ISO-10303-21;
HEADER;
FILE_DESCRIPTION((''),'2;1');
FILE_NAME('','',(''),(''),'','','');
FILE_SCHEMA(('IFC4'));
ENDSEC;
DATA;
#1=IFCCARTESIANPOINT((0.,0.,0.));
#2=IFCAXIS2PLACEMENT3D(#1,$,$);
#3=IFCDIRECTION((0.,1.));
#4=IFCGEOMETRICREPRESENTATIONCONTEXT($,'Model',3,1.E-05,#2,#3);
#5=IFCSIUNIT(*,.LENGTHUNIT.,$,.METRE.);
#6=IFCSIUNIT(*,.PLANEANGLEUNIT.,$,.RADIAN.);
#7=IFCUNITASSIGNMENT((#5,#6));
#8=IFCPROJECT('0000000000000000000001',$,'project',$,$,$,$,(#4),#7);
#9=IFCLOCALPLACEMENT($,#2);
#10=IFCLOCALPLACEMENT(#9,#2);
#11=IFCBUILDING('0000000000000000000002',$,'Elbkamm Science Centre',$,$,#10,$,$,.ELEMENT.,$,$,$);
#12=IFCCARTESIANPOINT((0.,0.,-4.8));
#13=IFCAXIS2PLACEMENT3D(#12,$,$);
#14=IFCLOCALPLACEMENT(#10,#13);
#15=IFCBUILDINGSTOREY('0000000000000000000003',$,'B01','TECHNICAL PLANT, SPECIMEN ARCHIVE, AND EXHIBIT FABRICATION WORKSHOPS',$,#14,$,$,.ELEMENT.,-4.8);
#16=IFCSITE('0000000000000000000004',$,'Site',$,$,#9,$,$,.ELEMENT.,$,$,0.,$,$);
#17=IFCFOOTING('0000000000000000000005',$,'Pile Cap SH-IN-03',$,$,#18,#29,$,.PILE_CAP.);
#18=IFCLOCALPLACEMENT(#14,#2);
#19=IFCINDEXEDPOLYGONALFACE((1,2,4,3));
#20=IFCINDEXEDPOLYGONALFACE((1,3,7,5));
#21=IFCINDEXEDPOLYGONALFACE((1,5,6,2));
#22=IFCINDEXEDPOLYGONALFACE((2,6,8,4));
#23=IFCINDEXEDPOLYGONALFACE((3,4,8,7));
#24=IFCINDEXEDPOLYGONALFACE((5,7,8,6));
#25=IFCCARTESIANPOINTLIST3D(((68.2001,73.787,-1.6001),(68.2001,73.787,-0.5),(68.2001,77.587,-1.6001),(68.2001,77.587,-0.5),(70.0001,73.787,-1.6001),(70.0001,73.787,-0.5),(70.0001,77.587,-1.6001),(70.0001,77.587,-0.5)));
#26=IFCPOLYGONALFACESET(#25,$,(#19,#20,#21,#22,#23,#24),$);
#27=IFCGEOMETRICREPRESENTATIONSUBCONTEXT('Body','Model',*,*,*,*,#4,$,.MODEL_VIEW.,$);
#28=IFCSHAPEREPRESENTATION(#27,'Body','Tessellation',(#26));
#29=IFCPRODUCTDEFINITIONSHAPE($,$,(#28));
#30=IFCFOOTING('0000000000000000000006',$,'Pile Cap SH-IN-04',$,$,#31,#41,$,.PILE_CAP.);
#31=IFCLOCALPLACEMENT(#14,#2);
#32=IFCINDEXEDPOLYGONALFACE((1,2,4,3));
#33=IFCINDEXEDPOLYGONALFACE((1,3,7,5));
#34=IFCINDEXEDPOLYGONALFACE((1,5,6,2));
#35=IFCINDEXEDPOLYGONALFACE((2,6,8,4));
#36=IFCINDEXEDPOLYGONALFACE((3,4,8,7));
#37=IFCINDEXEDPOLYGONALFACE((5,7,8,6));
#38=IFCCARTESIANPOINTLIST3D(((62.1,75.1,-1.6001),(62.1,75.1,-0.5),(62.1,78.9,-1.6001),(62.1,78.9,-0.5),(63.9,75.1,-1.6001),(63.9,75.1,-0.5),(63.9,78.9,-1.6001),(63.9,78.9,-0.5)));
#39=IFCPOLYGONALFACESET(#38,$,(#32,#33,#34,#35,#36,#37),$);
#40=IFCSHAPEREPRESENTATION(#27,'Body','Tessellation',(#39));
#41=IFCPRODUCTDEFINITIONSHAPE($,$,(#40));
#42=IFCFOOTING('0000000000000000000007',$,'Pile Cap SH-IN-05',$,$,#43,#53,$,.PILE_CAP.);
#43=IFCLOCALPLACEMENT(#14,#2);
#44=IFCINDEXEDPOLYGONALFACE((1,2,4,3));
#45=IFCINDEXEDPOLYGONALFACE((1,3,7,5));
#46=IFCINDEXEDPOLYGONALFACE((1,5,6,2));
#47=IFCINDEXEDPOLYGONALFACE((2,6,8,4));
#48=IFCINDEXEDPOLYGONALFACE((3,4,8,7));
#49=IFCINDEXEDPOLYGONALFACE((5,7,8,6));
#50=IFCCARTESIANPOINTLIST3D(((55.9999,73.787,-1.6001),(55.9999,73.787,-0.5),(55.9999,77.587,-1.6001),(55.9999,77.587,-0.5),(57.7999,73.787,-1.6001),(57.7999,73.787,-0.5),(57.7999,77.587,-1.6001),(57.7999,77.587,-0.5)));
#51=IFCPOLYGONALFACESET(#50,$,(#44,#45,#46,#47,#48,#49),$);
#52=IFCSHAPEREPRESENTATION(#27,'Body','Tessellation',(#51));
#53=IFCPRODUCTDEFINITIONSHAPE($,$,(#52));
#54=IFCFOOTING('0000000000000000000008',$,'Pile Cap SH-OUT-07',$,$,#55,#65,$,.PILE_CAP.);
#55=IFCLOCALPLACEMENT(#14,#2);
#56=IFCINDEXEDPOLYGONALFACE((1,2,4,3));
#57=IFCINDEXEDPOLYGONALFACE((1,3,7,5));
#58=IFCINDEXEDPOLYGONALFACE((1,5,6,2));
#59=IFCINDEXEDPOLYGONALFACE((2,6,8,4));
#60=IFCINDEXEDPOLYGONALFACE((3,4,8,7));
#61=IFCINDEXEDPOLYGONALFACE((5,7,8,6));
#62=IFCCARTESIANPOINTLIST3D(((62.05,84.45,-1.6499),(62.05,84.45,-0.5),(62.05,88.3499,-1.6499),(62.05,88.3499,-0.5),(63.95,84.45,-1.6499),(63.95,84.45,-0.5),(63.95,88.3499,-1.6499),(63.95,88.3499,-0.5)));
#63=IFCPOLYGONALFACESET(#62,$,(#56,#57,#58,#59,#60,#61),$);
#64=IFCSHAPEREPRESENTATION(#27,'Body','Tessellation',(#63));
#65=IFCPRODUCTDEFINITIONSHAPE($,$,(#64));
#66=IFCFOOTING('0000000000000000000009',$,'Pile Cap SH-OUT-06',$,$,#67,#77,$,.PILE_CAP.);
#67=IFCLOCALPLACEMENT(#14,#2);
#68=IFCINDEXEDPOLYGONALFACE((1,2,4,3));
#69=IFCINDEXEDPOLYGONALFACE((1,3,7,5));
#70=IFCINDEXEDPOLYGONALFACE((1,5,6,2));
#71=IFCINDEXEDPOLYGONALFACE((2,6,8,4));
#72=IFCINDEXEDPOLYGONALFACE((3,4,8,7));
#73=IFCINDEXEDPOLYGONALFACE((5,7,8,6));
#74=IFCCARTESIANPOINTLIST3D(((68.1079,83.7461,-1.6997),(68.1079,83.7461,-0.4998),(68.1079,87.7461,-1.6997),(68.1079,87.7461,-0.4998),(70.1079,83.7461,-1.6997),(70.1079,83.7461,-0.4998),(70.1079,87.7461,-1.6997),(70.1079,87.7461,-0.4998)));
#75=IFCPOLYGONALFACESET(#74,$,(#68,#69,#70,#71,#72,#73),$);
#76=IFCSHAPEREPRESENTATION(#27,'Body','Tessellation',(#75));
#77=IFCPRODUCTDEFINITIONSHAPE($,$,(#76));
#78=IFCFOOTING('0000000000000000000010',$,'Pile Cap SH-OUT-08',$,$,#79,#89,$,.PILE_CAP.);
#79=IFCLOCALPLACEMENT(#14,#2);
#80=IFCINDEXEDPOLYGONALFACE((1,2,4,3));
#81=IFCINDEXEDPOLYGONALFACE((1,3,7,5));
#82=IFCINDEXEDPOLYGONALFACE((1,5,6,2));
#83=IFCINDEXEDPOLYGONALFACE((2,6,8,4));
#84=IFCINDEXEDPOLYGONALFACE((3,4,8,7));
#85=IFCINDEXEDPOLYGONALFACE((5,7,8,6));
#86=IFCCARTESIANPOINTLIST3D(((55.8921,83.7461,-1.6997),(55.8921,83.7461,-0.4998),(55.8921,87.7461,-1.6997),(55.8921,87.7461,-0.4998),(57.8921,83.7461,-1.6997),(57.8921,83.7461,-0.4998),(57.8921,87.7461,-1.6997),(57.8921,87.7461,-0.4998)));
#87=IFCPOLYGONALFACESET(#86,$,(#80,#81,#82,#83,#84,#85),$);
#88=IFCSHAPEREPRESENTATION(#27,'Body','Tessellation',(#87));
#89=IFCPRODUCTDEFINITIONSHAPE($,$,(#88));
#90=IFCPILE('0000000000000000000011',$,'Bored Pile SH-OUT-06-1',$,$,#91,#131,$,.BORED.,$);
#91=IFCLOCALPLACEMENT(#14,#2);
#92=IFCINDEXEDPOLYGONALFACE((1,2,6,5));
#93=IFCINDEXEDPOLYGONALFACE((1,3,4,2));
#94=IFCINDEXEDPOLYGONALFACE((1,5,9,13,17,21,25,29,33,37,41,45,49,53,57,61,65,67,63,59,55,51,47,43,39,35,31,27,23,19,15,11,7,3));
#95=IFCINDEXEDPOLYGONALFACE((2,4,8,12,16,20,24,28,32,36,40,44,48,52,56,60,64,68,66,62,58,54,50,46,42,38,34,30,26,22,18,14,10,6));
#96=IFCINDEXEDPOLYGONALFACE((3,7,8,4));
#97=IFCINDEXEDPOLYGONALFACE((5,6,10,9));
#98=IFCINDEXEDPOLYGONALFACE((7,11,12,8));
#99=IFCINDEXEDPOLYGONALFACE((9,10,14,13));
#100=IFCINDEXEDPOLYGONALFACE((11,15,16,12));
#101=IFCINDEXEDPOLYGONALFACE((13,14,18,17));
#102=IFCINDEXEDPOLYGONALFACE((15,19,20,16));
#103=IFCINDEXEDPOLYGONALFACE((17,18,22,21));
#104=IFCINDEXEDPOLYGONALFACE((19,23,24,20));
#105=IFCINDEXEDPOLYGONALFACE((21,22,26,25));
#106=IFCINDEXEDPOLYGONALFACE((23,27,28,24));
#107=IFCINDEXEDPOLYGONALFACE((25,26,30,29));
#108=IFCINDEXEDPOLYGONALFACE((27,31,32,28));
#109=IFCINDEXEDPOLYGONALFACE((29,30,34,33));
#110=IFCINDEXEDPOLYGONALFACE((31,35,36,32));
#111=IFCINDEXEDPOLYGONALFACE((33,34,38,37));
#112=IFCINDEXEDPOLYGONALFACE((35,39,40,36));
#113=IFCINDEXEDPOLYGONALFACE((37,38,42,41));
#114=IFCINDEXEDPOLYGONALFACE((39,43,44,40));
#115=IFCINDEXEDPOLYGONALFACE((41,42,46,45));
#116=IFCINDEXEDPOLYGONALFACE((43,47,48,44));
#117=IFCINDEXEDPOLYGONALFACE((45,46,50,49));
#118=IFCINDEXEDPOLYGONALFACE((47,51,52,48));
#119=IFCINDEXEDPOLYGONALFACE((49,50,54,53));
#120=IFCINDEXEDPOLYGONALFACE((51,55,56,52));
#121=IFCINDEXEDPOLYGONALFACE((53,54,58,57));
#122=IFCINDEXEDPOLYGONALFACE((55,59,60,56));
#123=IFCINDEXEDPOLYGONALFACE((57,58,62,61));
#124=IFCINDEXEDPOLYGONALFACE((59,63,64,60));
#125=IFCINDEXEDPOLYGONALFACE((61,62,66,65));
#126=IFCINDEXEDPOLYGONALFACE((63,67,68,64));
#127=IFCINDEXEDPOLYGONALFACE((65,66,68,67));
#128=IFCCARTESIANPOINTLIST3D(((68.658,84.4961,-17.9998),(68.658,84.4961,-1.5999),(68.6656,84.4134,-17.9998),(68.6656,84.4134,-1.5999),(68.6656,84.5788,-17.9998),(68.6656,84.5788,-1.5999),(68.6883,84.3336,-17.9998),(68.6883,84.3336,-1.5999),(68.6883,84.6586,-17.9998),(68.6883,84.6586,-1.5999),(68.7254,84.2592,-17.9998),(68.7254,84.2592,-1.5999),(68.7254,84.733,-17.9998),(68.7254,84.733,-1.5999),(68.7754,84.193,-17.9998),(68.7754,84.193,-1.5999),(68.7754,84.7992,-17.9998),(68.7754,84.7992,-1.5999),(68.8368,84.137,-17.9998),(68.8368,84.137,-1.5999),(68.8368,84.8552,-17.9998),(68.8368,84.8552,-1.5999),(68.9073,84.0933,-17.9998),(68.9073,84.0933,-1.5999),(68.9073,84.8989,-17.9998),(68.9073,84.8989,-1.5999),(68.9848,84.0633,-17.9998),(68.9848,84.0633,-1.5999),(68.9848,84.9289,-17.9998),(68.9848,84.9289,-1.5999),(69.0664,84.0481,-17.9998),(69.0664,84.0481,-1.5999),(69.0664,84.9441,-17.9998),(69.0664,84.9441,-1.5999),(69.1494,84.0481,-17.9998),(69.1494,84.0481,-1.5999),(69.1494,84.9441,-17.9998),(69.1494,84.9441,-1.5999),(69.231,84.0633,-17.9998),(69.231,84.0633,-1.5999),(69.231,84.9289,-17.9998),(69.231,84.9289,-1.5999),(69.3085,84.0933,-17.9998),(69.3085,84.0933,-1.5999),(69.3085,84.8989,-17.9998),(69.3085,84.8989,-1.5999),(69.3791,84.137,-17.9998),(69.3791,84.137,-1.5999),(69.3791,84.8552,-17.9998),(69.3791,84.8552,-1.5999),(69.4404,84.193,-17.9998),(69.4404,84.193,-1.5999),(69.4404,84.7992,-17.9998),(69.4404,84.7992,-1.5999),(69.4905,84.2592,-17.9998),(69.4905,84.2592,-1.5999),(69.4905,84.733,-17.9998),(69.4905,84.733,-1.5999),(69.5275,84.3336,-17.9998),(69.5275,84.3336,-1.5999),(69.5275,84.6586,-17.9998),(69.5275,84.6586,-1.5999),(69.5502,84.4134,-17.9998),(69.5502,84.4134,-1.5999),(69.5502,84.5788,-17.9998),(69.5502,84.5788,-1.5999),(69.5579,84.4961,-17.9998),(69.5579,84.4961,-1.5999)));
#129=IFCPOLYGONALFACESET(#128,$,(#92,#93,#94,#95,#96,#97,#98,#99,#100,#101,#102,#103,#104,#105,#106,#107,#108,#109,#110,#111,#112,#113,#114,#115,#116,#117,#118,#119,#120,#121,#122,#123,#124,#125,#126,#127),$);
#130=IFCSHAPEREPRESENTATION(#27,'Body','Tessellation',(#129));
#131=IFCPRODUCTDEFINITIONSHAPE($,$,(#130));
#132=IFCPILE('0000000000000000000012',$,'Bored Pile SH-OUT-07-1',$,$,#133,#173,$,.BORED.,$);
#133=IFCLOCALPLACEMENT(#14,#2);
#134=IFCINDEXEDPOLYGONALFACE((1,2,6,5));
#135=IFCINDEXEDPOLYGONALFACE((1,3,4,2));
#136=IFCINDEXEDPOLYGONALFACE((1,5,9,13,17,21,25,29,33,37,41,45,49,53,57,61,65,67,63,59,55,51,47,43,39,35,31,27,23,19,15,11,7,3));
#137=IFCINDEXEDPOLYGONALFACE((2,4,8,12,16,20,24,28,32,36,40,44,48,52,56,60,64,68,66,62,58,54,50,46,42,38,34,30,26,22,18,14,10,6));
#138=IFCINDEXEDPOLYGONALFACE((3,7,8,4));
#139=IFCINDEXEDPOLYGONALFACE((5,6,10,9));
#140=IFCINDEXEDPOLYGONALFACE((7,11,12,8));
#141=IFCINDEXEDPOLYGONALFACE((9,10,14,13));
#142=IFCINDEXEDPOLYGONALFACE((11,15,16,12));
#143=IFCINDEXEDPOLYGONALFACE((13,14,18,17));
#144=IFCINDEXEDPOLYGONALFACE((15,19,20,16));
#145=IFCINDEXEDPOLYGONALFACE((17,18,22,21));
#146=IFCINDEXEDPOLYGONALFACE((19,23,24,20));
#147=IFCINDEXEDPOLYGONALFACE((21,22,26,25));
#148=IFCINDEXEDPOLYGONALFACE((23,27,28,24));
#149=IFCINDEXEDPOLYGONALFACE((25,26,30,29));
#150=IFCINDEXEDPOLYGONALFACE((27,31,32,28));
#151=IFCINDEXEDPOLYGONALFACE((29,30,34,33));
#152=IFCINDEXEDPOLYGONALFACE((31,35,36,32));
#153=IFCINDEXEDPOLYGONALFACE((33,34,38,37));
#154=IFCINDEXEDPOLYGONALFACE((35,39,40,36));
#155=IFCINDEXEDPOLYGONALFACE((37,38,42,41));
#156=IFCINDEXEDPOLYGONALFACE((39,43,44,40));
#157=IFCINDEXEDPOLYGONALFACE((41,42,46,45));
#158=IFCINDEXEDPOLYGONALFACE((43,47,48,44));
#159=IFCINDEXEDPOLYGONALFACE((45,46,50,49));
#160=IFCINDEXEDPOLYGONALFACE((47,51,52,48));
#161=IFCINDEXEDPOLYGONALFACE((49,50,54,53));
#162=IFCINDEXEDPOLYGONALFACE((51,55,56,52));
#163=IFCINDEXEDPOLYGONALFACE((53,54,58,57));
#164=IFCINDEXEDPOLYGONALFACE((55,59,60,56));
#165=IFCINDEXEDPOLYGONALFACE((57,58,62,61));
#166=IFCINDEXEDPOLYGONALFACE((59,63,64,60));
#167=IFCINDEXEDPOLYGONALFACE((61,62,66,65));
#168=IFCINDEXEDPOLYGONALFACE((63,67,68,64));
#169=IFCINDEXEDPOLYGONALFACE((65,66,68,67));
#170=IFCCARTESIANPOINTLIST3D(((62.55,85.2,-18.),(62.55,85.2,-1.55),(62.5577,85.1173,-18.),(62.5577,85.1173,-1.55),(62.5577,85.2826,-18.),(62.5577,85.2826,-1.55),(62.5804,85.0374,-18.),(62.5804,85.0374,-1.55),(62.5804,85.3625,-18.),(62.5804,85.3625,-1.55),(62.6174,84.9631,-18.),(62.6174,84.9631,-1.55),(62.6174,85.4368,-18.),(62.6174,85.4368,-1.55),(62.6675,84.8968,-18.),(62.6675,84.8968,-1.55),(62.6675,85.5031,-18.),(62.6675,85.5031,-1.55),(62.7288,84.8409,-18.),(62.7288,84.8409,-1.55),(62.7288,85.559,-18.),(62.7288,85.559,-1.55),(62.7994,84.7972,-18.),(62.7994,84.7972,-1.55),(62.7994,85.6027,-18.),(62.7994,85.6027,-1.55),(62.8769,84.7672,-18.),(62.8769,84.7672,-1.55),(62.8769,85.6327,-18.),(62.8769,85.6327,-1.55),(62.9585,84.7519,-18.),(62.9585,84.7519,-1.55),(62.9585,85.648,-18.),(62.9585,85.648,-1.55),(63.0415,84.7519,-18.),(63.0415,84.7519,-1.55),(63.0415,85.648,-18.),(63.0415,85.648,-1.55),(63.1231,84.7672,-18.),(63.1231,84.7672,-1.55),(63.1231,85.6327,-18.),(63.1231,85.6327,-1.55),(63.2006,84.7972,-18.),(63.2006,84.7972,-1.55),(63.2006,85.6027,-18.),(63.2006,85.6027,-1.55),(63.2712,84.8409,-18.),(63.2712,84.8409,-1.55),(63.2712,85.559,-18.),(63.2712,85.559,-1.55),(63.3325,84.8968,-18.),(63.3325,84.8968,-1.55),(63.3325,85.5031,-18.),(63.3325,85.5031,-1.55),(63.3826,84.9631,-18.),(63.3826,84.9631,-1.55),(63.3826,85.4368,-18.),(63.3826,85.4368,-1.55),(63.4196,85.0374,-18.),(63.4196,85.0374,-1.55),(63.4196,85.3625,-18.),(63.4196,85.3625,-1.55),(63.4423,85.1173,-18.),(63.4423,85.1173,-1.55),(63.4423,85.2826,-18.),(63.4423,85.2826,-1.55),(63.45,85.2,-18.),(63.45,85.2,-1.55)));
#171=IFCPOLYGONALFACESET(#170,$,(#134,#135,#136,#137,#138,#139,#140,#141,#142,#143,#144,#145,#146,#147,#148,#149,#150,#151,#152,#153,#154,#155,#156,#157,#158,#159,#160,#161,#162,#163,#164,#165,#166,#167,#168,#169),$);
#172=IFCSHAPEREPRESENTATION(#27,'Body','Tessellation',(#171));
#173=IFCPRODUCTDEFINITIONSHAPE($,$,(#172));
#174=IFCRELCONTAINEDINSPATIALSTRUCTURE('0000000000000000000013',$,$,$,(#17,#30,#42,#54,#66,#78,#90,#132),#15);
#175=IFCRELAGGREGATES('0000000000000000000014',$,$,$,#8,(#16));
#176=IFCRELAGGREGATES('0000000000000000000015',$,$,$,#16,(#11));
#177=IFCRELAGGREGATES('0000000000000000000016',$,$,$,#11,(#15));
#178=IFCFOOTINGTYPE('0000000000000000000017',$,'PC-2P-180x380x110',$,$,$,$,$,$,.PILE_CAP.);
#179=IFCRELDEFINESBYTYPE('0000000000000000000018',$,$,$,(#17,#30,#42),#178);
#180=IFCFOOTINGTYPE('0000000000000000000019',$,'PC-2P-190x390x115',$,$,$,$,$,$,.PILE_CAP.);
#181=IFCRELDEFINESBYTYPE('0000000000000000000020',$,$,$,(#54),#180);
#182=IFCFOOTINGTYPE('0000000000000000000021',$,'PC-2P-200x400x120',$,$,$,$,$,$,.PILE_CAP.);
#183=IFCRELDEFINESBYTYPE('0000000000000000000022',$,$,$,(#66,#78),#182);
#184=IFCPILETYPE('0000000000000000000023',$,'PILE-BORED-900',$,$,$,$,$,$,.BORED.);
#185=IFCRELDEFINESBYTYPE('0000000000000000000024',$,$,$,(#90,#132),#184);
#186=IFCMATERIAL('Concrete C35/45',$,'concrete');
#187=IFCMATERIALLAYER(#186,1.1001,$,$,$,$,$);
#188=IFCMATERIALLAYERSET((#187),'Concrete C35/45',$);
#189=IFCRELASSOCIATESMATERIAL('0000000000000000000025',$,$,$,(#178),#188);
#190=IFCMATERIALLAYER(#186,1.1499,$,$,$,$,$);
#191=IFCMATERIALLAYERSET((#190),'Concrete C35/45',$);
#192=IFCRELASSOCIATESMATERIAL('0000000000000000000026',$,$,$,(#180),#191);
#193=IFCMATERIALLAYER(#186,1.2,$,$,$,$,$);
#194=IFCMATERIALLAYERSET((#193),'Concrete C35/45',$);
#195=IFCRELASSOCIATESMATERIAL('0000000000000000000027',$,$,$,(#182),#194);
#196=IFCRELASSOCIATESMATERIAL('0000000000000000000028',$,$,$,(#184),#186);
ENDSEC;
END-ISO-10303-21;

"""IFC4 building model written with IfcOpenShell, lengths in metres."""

from ifc_helpers import new_model, si_unit, direction, frame, origin, origin_2d, place, context, subcontext, project, spatial, rectangle, circle, extrude, material, layer, layer_set, material_profile, profile_set, type_object, element, save


model = new_model("IFC4")

# Units and contexts
model_context = context("Model", 3, precision=1e-05, world=origin(), true_north=direction((0.0, 1.0)))
body_context = subcontext(model_context, "Body", "Model", "MODEL_VIEW")
ifc_project = project(units=[si_unit("LENGTHUNIT", "METRE"), si_unit("PLANEANGLEUNIT", "RADIAN")], contexts=[model_context])

# Site, building, storey
site_placement = place(None, origin())
site = spatial("IfcSite", under=ifc_project, at=site_placement, Name="Site", CompositionType="ELEMENT", RefElevation=0.0)
building_placement = place(site_placement, origin())
building = spatial("IfcBuilding", under=site, at=building_placement, Name="Elbkamm Science Centre", CompositionType="ELEMENT")
storey_placement = place(building_placement, frame((0.0, 0.0, -4.8)))
storey = spatial("IfcBuildingStorey", under=building, at=storey_placement, Name="B01", Description="TECHNICAL PLANT, SPECIMEN ARCHIVE, AND EXHIBIT FABRICATION WORKSHOPS", CompositionType="ELEMENT", Elevation=-4.8)

# Footings
ifc_material_1 = material(Name="Concrete C35/45", Category="concrete")
ifc_layer_1 = layer(ifc_material_1, 1.1001)
ifc_layer_set_1 = layer_set([ifc_layer_1], Name="Concrete C35/45")
footing_type_1 = type_object("IfcFootingType", Name="PC-2P-180x380x110", PredefinedType="PILE_CAP", material=ifc_layer_set_1)
for number, where, z_axis, x_axis, name in (
    (1, (69.1001, 75.687, -1.6001), (0.0, 0.0, 1.0), (1.0, 0.0, 0.0), "Pile Cap SH-IN-03"),
    (2, (63.0, 77.0, -1.6001), (0.0, 0.0, 1.0), (1.0, 0.0, 0.0), "Pile Cap SH-IN-04"),
    (3, (56.8999, 75.687, -1.6001), (0.0, 0.0, 1.0), (1.0, 0.0, 0.0), "Pile Cap SH-IN-05"),
):
    element("IfcFooting", number, at=place(storey_placement, frame(where, z_axis=z_axis, x_axis=x_axis)), inside=storey, type_object=footing_type_1, Name=name, PredefinedType="PILE_CAP", context=body_context, shape_type="SweptSolid", body=[
        extrude(rectangle(XDim=1.8, YDim=3.8, at=origin_2d()), origin(), (0.0, 0.0, 1.0), 1.1001),
    ])
ifc_layer_2 = layer(ifc_material_1, 1.1499)
ifc_layer_set_2 = layer_set([ifc_layer_2], Name="Concrete C35/45")
footing_type_2 = type_object("IfcFootingType", Name="PC-2P-190x390x115", PredefinedType="PILE_CAP", material=ifc_layer_set_2)
footing_placement = place(storey_placement, frame((63.0, 86.3999, -1.6499), z_axis=(0.0, 0.0, 1.0), x_axis=(1.0, 0.0, 0.0)))
element("IfcFooting", 4, at=footing_placement, inside=storey, type_object=footing_type_2, Name="Pile Cap SH-OUT-07", PredefinedType="PILE_CAP", context=body_context, shape_type="SweptSolid", body=[
    extrude(rectangle(XDim=1.8999, YDim=3.8999, at=origin_2d()), origin(), (0.0, 0.0, 1.0), 1.1499),
])
ifc_layer_3 = layer(ifc_material_1, 1.2)
ifc_layer_set_3 = layer_set([ifc_layer_3], Name="Concrete C35/45")
footing_type_3 = type_object("IfcFootingType", Name="PC-2P-200x400x120", PredefinedType="PILE_CAP", material=ifc_layer_set_3)
for number, where, z_axis, x_axis, name in (
    (5, (69.1079, 85.7461, -1.6997), (0.0, 0.0, 1.0), (1.0, 0.0, 0.0), "Pile Cap SH-OUT-06"),
    (6, (56.8921, 85.7461, -1.6997), (0.0, 0.0, 1.0), (1.0, 0.0, 0.0), "Pile Cap SH-OUT-08"),
):
    element("IfcFooting", number, at=place(storey_placement, frame(where, z_axis=z_axis, x_axis=x_axis)), inside=storey, type_object=footing_type_3, Name=name, PredefinedType="PILE_CAP", context=body_context, shape_type="SweptSolid", body=[
        extrude(rectangle(XDim=2.0, YDim=4.0, at=origin_2d()), origin(), (0.0, 0.0, 1.0), 1.2),
    ])

# Piles
ifc_material_profile_1 = material_profile(ifc_material_1, circle(Radius=0.45, at=origin_2d()), Name="PILE D900")
ifc_profile_set_1 = profile_set([ifc_material_profile_1], Name="Concrete C35/45")
pile_type = type_object("IfcPileType", Name="PILE-BORED-900", PredefinedType="BORED", material=ifc_profile_set_1)
pile_placement = place(storey_placement, frame((69.1079, 84.4961, -1.5999), z_axis=(0.0, 0.0, -1.0), x_axis=(1.0, 0.0, 0.0)))
element("IfcPile", 7, at=pile_placement, inside=storey, type_object=pile_type, Name="Bored Pile SH-OUT-06-1", PredefinedType="BORED", context=body_context, shape_type="SweptSolid", body=[
    extrude(circle(Radius=0.45, at=origin_2d()), origin(), (0.0, 0.0, 1.0), 16.3999),
])
for number, where, z_axis, x_axis, name in (
    (8, (63.0, 85.2, -1.55), (0.0, 0.0, -1.0), (1.0, 0.0, 0.0), "Bored Pile SH-OUT-07-1"),
):
    element("IfcPile", number, at=place(storey_placement, frame(where, z_axis=z_axis, x_axis=x_axis)), inside=storey, type_object=pile_type, Name=name, PredefinedType="BORED", context=body_context, shape_type="SweptSolid", body=[
        extrude(circle(Radius=0.45, at=origin_2d()), origin(), (0.0, 0.0, 1.0), 16.45),
    ])

save(model, "model.ifc")
